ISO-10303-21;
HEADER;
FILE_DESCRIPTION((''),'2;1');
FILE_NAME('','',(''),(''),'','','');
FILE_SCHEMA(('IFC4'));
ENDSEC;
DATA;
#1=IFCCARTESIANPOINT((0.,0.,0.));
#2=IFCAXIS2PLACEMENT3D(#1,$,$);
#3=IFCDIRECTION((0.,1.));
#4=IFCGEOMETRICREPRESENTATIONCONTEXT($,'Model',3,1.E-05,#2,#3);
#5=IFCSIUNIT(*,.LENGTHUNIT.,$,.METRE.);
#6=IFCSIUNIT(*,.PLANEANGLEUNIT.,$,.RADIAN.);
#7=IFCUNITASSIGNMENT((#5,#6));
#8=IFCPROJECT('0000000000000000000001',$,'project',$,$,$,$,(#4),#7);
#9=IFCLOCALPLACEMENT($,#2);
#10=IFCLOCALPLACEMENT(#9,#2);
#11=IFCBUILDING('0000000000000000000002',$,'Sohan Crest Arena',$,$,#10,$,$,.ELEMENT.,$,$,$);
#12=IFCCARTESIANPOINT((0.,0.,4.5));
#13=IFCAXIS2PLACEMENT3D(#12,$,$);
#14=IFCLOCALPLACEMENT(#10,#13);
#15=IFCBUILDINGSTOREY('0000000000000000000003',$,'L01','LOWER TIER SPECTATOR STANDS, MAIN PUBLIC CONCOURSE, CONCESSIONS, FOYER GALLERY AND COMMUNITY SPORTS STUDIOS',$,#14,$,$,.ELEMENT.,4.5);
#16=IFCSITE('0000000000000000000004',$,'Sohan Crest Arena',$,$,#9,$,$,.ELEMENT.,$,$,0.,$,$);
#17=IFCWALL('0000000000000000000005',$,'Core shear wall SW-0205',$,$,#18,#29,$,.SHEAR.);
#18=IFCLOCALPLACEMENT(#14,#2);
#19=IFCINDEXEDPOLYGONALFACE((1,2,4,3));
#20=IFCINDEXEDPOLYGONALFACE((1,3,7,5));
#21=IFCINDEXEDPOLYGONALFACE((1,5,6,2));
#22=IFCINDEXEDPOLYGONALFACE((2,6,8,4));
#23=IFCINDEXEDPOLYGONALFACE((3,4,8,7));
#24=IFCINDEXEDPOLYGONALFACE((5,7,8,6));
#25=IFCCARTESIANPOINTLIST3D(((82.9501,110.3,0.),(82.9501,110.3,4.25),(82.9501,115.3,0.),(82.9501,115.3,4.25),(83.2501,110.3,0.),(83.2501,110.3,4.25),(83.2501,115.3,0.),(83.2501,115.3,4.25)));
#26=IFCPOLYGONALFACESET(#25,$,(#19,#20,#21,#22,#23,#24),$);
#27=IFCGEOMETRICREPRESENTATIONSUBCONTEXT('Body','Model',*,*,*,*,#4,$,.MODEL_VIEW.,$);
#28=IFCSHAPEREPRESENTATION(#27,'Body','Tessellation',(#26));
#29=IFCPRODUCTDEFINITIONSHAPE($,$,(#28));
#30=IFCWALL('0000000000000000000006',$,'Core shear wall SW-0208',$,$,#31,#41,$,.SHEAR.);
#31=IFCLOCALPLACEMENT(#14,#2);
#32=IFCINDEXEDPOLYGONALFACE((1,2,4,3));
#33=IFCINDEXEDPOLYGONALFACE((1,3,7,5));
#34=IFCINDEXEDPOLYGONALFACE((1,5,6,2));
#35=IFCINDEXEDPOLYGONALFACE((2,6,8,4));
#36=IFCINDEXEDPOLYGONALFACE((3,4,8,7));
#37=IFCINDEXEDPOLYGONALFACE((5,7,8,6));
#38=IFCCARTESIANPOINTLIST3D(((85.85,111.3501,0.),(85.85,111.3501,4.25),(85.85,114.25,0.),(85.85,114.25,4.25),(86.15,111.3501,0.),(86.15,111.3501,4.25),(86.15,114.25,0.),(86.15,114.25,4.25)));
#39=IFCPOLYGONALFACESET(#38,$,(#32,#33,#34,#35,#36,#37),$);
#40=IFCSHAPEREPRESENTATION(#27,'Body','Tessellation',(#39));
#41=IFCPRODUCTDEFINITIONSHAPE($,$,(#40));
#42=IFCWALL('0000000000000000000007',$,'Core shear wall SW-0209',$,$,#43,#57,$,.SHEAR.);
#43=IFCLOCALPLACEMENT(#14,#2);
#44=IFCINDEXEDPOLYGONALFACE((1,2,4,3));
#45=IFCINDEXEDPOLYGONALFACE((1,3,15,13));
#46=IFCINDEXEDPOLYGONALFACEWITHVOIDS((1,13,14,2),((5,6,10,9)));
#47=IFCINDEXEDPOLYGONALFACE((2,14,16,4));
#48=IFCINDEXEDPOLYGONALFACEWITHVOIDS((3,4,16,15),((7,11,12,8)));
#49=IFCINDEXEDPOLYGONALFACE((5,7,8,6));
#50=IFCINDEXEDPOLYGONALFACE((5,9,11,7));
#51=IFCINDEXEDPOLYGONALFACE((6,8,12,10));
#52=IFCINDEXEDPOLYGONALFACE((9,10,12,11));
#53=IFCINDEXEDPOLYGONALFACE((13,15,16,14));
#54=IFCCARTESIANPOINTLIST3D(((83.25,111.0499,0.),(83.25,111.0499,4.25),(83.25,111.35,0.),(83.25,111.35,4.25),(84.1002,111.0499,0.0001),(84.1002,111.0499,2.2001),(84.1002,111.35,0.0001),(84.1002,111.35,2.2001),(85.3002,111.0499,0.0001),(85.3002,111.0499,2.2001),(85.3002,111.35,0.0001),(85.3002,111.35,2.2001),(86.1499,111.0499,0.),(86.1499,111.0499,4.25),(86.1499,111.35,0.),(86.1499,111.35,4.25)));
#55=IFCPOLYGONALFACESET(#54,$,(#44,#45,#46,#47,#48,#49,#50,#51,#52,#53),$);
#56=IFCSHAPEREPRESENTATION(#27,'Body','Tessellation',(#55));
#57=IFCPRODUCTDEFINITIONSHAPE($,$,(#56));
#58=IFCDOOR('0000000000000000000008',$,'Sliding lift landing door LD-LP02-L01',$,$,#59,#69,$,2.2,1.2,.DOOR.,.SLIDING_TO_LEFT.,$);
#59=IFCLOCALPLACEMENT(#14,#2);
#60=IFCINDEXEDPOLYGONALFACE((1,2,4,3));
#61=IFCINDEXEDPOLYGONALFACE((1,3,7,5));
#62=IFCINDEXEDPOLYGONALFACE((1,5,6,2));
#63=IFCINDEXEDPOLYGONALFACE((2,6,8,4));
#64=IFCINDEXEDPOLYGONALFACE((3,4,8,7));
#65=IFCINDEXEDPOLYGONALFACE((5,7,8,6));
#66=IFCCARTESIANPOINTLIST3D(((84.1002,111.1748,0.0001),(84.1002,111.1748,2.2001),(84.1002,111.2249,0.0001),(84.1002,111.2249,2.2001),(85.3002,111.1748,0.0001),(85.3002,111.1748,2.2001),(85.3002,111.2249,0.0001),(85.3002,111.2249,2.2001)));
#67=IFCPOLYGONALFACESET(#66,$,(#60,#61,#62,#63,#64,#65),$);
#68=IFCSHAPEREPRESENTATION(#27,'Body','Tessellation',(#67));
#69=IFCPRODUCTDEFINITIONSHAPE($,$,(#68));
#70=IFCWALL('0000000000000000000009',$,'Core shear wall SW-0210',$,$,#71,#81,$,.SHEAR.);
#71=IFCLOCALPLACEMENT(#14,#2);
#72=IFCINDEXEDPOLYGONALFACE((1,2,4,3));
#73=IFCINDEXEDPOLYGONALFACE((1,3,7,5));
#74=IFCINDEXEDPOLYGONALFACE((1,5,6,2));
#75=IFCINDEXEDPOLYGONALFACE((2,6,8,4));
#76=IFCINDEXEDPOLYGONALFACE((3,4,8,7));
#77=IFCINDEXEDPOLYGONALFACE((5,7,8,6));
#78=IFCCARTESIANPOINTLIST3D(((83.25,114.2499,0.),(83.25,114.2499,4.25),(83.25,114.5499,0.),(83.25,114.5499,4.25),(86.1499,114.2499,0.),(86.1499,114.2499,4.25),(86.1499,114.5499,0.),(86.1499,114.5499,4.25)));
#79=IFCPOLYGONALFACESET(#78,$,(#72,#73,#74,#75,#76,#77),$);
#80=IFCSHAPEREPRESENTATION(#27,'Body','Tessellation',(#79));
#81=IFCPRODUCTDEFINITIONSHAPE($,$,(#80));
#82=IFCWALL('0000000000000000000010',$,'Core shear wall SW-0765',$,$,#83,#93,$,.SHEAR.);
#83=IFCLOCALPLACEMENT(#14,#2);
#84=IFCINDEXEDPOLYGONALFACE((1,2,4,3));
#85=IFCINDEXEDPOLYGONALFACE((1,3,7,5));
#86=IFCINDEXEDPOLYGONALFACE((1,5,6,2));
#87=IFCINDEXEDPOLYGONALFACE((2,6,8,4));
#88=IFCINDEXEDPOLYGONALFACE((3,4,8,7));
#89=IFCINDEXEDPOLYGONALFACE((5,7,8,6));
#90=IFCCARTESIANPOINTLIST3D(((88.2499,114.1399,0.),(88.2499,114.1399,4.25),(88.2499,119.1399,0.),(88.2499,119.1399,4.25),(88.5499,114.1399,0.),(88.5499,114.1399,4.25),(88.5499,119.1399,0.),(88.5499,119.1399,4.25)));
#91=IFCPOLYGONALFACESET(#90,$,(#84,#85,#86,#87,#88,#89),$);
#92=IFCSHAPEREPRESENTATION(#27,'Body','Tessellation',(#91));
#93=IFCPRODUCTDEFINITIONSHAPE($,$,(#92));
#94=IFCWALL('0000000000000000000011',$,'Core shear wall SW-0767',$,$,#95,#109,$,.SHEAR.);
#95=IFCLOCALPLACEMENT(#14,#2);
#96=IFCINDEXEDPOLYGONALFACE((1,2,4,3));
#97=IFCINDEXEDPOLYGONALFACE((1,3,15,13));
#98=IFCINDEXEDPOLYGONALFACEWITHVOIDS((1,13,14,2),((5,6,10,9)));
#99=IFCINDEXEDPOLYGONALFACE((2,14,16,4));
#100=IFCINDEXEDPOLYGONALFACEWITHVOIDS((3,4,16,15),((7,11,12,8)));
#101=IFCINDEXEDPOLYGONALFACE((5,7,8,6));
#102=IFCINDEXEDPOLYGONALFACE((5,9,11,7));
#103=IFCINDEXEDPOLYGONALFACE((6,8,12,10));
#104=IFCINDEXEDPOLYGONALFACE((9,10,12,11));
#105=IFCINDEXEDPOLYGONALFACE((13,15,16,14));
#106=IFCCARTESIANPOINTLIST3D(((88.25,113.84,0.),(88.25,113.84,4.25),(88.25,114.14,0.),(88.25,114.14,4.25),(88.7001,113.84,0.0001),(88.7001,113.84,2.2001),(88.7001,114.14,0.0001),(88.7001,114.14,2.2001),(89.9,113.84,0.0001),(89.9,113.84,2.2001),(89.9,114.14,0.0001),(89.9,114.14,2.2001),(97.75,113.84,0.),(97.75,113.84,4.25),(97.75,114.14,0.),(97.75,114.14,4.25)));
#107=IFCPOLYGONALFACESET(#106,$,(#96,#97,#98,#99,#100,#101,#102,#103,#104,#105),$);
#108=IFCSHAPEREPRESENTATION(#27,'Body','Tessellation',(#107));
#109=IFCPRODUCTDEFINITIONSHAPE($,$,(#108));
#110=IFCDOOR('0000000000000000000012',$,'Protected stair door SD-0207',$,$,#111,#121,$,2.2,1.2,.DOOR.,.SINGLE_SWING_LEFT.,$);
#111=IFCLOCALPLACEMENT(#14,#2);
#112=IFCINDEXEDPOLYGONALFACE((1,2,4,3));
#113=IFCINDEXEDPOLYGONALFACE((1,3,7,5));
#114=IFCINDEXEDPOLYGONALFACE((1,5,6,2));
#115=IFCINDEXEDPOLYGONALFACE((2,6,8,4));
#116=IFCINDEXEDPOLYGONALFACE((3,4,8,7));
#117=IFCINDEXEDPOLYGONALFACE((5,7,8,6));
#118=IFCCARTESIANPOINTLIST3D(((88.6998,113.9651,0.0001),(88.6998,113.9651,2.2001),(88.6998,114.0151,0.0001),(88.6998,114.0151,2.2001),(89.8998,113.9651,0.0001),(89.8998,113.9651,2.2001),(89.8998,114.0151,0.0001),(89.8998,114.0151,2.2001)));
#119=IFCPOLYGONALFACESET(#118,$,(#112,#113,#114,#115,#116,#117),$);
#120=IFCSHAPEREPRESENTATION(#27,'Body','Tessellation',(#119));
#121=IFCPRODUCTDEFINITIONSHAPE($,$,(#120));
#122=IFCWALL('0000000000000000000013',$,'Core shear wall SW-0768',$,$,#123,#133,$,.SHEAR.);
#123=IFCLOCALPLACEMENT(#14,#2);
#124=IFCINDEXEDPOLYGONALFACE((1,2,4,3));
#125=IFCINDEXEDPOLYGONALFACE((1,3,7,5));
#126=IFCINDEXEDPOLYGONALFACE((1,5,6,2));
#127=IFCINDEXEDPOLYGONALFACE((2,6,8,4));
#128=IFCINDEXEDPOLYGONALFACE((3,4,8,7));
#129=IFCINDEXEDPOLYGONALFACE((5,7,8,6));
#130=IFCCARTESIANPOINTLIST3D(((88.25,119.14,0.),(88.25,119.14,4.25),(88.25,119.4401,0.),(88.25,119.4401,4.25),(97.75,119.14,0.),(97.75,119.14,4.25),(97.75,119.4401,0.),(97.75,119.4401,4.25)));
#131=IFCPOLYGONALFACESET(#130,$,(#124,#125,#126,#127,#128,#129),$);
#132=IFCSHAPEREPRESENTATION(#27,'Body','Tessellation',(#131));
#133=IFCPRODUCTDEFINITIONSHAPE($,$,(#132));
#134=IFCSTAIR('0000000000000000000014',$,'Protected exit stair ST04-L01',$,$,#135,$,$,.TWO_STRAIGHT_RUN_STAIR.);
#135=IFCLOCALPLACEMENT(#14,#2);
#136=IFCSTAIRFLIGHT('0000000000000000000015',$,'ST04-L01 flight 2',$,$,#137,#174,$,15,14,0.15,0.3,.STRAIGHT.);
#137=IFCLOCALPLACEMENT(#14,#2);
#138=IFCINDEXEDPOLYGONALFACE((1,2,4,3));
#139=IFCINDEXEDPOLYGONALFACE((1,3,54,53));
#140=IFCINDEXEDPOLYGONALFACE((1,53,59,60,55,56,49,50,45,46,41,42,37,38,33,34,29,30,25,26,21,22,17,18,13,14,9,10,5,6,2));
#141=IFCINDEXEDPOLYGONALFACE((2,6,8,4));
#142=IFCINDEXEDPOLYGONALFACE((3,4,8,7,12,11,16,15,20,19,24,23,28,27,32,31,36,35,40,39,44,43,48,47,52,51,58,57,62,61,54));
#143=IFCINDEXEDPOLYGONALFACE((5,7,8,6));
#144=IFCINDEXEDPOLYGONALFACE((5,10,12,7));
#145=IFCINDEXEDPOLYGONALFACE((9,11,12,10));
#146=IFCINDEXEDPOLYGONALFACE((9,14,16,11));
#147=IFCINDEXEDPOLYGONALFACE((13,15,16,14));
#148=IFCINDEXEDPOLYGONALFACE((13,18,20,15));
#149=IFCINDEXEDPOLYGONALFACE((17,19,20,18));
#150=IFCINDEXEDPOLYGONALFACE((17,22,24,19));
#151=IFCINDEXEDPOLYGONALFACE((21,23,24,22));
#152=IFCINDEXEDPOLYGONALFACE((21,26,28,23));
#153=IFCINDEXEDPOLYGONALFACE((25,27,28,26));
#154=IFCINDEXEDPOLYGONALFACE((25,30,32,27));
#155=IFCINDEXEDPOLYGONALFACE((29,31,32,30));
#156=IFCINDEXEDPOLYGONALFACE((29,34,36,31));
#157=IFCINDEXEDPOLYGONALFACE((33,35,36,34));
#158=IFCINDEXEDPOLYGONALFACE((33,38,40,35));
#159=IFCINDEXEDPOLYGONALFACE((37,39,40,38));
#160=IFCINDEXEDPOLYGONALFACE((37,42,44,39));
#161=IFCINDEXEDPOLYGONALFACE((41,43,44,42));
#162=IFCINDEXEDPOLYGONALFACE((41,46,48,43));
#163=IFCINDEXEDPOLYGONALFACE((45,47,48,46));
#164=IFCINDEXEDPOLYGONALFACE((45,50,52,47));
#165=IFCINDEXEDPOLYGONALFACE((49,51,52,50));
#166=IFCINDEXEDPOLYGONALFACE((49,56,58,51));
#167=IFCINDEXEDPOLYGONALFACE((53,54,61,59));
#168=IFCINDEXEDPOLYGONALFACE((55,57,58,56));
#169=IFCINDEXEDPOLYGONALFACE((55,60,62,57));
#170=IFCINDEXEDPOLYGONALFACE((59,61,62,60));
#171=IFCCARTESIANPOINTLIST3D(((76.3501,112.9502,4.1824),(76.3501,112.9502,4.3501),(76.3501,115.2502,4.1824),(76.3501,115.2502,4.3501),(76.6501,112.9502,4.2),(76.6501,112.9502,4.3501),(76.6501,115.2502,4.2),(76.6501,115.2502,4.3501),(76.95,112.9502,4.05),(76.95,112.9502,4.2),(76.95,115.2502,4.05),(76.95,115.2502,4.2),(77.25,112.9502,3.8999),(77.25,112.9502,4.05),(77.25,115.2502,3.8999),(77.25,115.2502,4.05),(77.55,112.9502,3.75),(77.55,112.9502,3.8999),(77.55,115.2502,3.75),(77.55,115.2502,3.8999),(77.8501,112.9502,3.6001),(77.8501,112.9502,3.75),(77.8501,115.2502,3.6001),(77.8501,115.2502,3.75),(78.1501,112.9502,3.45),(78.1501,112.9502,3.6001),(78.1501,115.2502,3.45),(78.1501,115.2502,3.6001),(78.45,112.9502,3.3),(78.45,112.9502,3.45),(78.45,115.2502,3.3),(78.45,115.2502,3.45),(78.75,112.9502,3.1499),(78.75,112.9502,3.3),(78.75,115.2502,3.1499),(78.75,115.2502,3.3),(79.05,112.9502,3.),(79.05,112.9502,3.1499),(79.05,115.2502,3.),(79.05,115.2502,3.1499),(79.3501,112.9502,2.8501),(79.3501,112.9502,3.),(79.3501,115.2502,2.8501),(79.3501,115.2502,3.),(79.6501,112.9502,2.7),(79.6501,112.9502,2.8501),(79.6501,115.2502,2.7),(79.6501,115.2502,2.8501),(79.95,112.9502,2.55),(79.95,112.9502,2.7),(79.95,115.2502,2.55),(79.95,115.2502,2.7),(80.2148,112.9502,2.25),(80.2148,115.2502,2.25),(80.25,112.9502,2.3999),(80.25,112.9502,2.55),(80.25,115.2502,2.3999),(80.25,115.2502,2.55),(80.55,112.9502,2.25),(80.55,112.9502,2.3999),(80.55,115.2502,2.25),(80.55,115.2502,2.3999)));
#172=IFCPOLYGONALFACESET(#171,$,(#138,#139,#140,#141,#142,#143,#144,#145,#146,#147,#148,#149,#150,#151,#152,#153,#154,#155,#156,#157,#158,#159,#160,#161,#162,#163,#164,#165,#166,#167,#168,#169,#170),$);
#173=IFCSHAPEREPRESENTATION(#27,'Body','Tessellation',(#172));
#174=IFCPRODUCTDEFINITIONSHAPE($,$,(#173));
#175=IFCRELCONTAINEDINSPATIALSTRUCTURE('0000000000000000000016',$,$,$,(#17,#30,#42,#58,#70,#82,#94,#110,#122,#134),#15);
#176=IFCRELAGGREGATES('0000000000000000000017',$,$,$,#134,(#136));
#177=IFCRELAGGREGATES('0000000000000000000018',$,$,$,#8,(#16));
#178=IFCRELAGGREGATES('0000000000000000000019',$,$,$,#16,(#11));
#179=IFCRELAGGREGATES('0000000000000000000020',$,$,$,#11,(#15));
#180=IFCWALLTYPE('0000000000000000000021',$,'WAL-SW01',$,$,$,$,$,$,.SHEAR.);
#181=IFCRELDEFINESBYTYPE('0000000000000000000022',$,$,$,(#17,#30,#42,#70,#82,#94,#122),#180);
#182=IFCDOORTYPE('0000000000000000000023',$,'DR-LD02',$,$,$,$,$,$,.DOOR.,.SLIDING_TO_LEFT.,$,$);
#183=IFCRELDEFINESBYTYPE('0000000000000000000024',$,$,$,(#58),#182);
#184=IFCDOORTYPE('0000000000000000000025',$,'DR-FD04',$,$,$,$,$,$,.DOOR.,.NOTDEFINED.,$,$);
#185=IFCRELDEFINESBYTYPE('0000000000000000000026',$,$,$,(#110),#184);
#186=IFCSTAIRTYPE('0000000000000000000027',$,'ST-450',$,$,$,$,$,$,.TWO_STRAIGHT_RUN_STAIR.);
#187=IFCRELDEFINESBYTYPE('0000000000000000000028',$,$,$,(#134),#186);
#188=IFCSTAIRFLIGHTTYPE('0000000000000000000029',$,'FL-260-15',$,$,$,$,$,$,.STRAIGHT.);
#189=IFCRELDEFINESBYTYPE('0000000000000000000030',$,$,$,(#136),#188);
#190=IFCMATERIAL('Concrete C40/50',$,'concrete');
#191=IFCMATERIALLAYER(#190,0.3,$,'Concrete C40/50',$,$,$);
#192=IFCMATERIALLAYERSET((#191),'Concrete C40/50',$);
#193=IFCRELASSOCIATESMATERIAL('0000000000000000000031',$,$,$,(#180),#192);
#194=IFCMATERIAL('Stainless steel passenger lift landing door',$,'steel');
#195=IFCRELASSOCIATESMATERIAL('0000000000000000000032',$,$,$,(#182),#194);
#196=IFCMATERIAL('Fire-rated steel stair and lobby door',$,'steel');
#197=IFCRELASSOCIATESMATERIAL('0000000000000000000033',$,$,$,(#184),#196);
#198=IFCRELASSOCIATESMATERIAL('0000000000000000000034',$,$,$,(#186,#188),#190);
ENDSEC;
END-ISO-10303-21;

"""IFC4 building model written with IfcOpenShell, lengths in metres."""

from ifc_helpers import new_model, si_unit, direction, frame, frame_2d, origin, place, context, subcontext, project, spatial, polyline, rectangle, outline, extrude, material, layer, layer_set, type_object, element, fill, aggregate, save


model = new_model("IFC4")

# Units and contexts
model_context = context("Model", 3, precision=1e-05, world=origin(), true_north=direction((0.0, 1.0)))
body_context = subcontext(model_context, "Body", "Model", "MODEL_VIEW")
ifc_project = project(units=[si_unit("LENGTHUNIT", "METRE"), si_unit("PLANEANGLEUNIT", "RADIAN")], contexts=[model_context])

# Site, building, storey
site_placement = place(None, origin())
site = spatial("IfcSite", under=ifc_project, at=site_placement, Name="Sohan Crest Arena", CompositionType="ELEMENT", RefElevation=0.0)
building_placement = place(site_placement, origin())
building = spatial("IfcBuilding", under=site, at=building_placement, Name="Sohan Crest Arena", CompositionType="ELEMENT")
storey_placement = place(building_placement, frame((0.0, 0.0, 4.5)))
storey = spatial("IfcBuildingStorey", under=building, at=storey_placement, Name="L01", Description="LOWER TIER SPECTATOR STANDS, MAIN PUBLIC CONCOURSE, CONCESSIONS, FOYER GALLERY AND COMMUNITY SPORTS STUDIOS", CompositionType="ELEMENT", Elevation=4.5)

# Walls
ifc_material_1 = material(Name="Concrete C40/50", Category="concrete")
ifc_layer_1 = layer(ifc_material_1, 0.3, Name="Concrete C40/50")
ifc_layer_set_1 = layer_set([ifc_layer_1], Name="Concrete C40/50")
wall_type_1 = type_object("IfcWallType", Name="WAL-SW01", PredefinedType="SHEAR", material=ifc_layer_set_1)
wall_1_placement = place(storey_placement, frame((83.1001, 110.3, 0.0), z_axis=(0.0, 0.0, 1.0), x_axis=(0.0, 1.0, 0.0)))
element("IfcWall", 1, at=wall_1_placement, inside=storey, type_object=wall_type_1, Name="Core shear wall SW-0205", PredefinedType="SHEAR", context=body_context, shape_type="SweptSolid", body=[
    extrude(rectangle(XDim=5.0, YDim=0.3, at=frame_2d((2.5, 0.0))), origin(), (0.0, 0.0, 1.0), 4.25),
])
wall_2_placement = place(storey_placement, frame((86.0, 111.3501, 0.0), z_axis=(0.0, 0.0, 1.0), x_axis=(0.0, 1.0, 0.0)))
element("IfcWall", 2, at=wall_2_placement, inside=storey, type_object=wall_type_1, Name="Core shear wall SW-0208", PredefinedType="SHEAR", context=body_context, shape_type="SweptSolid", body=[
    extrude(rectangle(XDim=2.8999, YDim=0.3, at=frame_2d((1.45, 0.0))), origin(), (0.0, 0.0, 1.0), 4.25),
])

# Wall, opening, door
wall_3_placement = place(storey_placement, frame((83.25, 111.2, 0.0), z_axis=(0.0, 0.0, 1.0), x_axis=(1.0, 0.0, 0.0)))
wall_3 = element("IfcWall", 3, at=wall_3_placement, inside=storey, type_object=wall_type_1, Name="Core shear wall SW-0209", PredefinedType="SHEAR", context=body_context, shape_type="SweptSolid", body=[
    extrude(rectangle(XDim=2.8999, YDim=0.3, at=frame_2d((1.45, 0.0))), origin(), (0.0, 0.0, 1.0), 4.25),
])
opening_1_placement = place(wall_3_placement, frame((0.8501, 0.0, 0.0)))
opening_1 = element("IfcOpeningElement", 4, at=opening_1_placement, cuts=wall_3, PredefinedType="OPENING", context=body_context, shape_type="SweptSolid", body=[
    extrude(rectangle(XDim=1.2, YDim=2.2, at=frame_2d((0.6001, 1.1001))), frame((0.0, 0.1599, 0.0), z_axis=(0.0, -1.0, 0.0), x_axis=(1.0, 0.0, 0.0)), (0.0, 0.0, 1.0), 0.3201),
])
ifc_material_2 = material(Name="Stainless steel passenger lift landing door", Category="steel")
door_type_1 = type_object("IfcDoorType", Name="DR-LD02", OperationType="SLIDING_TO_LEFT", PredefinedType="DOOR", material=ifc_material_2)
door_1_placement = place(opening_1_placement, origin())
door_1 = element("IfcDoor", 5, at=door_1_placement, inside=storey, type_object=door_type_1, Name="Sliding lift landing door LD-LP02-L01", OperationType="SLIDING_TO_LEFT", OverallHeight=2.2, OverallWidth=1.2, PredefinedType="DOOR", context=body_context, shape_type="SweptSolid", body=[
    extrude(rectangle(XDim=1.2, YDim=2.2, at=frame_2d((0.6001, 1.1001))), frame((0.0, 0.0249, 0.0), z_axis=(0.0, -1.0, 0.0), x_axis=(1.0, 0.0, 0.0)), (0.0, 0.0, 1.0), 0.05),
])
fill(opening_1, door_1)

# Walls
wall_4_placement = place(storey_placement, frame((83.25, 114.3999, 0.0), z_axis=(0.0, 0.0, 1.0), x_axis=(1.0, 0.0, 0.0)))
element("IfcWall", 6, at=wall_4_placement, inside=storey, type_object=wall_type_1, Name="Core shear wall SW-0210", PredefinedType="SHEAR", context=body_context, shape_type="SweptSolid", body=[
    extrude(rectangle(XDim=2.8999, YDim=0.3, at=frame_2d((1.45, 0.0))), origin(), (0.0, 0.0, 1.0), 4.25),
])
wall_5_placement = place(storey_placement, frame((88.3999, 114.1399, 0.0), z_axis=(0.0, 0.0, 1.0), x_axis=(0.0, 1.0, 0.0)))
element("IfcWall", 7, at=wall_5_placement, inside=storey, type_object=wall_type_1, Name="Core shear wall SW-0765", PredefinedType="SHEAR", context=body_context, shape_type="SweptSolid", body=[
    extrude(rectangle(XDim=5.0, YDim=0.3, at=frame_2d((2.5, 0.0))), origin(), (0.0, 0.0, 1.0), 4.25),
])

# Wall, opening, door
wall_6_placement = place(storey_placement, frame((88.25, 113.99, 0.0), z_axis=(0.0, 0.0, 1.0), x_axis=(1.0, 0.0, 0.0)))
wall_6 = element("IfcWall", 8, at=wall_6_placement, inside=storey, type_object=wall_type_1, Name="Core shear wall SW-0767", PredefinedType="SHEAR", context=body_context, shape_type="SweptSolid", body=[
    extrude(rectangle(XDim=9.5, YDim=0.3, at=frame_2d((4.75, 0.0))), origin(), (0.0, 0.0, 1.0), 4.25),
])
opening_2_placement = place(wall_6_placement, frame((0.45, 0.0, 0.0)))
opening_2 = element("IfcOpeningElement", 9, at=opening_2_placement, cuts=wall_6, PredefinedType="OPENING", context=body_context, shape_type="SweptSolid", body=[
    extrude(rectangle(XDim=1.2, YDim=2.2, at=frame_2d((0.6001, 1.1001))), frame((0.0, 0.1599, 0.0), z_axis=(0.0, -1.0, 0.0), x_axis=(1.0, 0.0, 0.0)), (0.0, 0.0, 1.0), 0.3201),
])
ifc_material_3 = material(Name="Fire-rated steel stair and lobby door", Category="steel")
door_type_2 = type_object("IfcDoorType", Name="DR-FD04", OperationType="NOTDEFINED", PredefinedType="DOOR", material=ifc_material_3)
door_2_placement = place(opening_2_placement, frame((1.2, 0.0, 0.0), z_axis=(0.0, 0.0, 1.0), x_axis=(-1.0, 0.0, 0.0)))
door_2 = element("IfcDoor", 10, at=door_2_placement, inside=storey, type_object=door_type_2, Name="Protected stair door SD-0207", OperationType="SINGLE_SWING_LEFT", OverallHeight=2.2, OverallWidth=1.2, PredefinedType="DOOR", context=body_context, shape_type="SweptSolid", body=[
    extrude(rectangle(XDim=1.2, YDim=2.2, at=frame_2d((0.6001, 1.1001))), frame((0.0, 0.0249, 0.0), z_axis=(0.0, -1.0, 0.0), x_axis=(1.0, 0.0, 0.0)), (0.0, 0.0, 1.0), 0.05),
])
fill(opening_2, door_2)

# Wall
wall_7_placement = place(storey_placement, frame((88.25, 119.29, 0.0), z_axis=(0.0, 0.0, 1.0), x_axis=(1.0, 0.0, 0.0)))
element("IfcWall", 11, at=wall_7_placement, inside=storey, type_object=wall_type_1, Name="Core shear wall SW-0768", PredefinedType="SHEAR", context=body_context, shape_type="SweptSolid", body=[
    extrude(rectangle(XDim=9.5, YDim=0.3, at=frame_2d((4.75, 0.0))), origin(), (0.0, 0.0, 1.0), 4.25),
])

# Stair, stair flight
stair_type = type_object("IfcStairType", Name="ST-450", PredefinedType="TWO_STRAIGHT_RUN_STAIR", material=ifc_material_1)
stair_placement = place(storey_placement, origin())
stair = element("IfcStair", 12, at=stair_placement, inside=storey, type_object=stair_type, Name="Protected exit stair ST04-L01", PredefinedType="TWO_STRAIGHT_RUN_STAIR")
stair_flight_type = type_object("IfcStairFlightType", Name="FL-260-15", PredefinedType="STRAIGHT", material=ifc_material_1)
stair_flight_placement = place(storey_placement, frame((80.55, 114.1001, 2.25), z_axis=(0.0, 0.0, 1.0), x_axis=(-1.0, 0.0, 0.0)))
stair_flight = element("IfcStairFlight", 13, at=stair_flight_placement, type_object=stair_flight_type, Name="ST04-L01 flight 2", NumberOfRisers=15, NumberOfTreads=14, PredefinedType="STRAIGHT", RiserHeight=0.15, TreadLength=0.3, context=body_context, shape_type="SweptSolid", body=[
    extrude(outline(polyline([(0.0, 0.0), (0.0, 0.1499), (0.3, 0.1499), (0.3, 0.3), (0.6001, 0.3), (0.6001, 0.45), (0.8999, 0.45), (0.8999, 0.6001), (1.2, 0.6001), (1.2, 0.75), (1.5, 0.75), (1.5, 0.8999), (1.8, 0.8999), (1.8, 1.05), (2.1001, 1.05), (2.1001, 1.2), (2.3999, 1.2), (2.3999, 1.3501), (2.7, 1.3501), (2.7, 1.5), (3.0, 1.5), (3.0, 1.6499), (3.3, 1.6499), (3.3, 1.8), (3.6001, 1.8), (3.6001, 1.95), (3.8999, 1.95), (3.8999, 2.1001), (4.2, 2.1001), (4.2, 2.25), (4.2, 1.9324), (0.3352, 0.0), (0.0, 0.0)])), frame((0.0, 1.1499, 0.0), z_axis=(0.0, -1.0, 0.0), x_axis=(1.0, 0.0, 0.0)), (0.0, 0.0, 1.0), 2.3),
])
aggregate(stair, [stair_flight])

save(model, "model.ifc")
